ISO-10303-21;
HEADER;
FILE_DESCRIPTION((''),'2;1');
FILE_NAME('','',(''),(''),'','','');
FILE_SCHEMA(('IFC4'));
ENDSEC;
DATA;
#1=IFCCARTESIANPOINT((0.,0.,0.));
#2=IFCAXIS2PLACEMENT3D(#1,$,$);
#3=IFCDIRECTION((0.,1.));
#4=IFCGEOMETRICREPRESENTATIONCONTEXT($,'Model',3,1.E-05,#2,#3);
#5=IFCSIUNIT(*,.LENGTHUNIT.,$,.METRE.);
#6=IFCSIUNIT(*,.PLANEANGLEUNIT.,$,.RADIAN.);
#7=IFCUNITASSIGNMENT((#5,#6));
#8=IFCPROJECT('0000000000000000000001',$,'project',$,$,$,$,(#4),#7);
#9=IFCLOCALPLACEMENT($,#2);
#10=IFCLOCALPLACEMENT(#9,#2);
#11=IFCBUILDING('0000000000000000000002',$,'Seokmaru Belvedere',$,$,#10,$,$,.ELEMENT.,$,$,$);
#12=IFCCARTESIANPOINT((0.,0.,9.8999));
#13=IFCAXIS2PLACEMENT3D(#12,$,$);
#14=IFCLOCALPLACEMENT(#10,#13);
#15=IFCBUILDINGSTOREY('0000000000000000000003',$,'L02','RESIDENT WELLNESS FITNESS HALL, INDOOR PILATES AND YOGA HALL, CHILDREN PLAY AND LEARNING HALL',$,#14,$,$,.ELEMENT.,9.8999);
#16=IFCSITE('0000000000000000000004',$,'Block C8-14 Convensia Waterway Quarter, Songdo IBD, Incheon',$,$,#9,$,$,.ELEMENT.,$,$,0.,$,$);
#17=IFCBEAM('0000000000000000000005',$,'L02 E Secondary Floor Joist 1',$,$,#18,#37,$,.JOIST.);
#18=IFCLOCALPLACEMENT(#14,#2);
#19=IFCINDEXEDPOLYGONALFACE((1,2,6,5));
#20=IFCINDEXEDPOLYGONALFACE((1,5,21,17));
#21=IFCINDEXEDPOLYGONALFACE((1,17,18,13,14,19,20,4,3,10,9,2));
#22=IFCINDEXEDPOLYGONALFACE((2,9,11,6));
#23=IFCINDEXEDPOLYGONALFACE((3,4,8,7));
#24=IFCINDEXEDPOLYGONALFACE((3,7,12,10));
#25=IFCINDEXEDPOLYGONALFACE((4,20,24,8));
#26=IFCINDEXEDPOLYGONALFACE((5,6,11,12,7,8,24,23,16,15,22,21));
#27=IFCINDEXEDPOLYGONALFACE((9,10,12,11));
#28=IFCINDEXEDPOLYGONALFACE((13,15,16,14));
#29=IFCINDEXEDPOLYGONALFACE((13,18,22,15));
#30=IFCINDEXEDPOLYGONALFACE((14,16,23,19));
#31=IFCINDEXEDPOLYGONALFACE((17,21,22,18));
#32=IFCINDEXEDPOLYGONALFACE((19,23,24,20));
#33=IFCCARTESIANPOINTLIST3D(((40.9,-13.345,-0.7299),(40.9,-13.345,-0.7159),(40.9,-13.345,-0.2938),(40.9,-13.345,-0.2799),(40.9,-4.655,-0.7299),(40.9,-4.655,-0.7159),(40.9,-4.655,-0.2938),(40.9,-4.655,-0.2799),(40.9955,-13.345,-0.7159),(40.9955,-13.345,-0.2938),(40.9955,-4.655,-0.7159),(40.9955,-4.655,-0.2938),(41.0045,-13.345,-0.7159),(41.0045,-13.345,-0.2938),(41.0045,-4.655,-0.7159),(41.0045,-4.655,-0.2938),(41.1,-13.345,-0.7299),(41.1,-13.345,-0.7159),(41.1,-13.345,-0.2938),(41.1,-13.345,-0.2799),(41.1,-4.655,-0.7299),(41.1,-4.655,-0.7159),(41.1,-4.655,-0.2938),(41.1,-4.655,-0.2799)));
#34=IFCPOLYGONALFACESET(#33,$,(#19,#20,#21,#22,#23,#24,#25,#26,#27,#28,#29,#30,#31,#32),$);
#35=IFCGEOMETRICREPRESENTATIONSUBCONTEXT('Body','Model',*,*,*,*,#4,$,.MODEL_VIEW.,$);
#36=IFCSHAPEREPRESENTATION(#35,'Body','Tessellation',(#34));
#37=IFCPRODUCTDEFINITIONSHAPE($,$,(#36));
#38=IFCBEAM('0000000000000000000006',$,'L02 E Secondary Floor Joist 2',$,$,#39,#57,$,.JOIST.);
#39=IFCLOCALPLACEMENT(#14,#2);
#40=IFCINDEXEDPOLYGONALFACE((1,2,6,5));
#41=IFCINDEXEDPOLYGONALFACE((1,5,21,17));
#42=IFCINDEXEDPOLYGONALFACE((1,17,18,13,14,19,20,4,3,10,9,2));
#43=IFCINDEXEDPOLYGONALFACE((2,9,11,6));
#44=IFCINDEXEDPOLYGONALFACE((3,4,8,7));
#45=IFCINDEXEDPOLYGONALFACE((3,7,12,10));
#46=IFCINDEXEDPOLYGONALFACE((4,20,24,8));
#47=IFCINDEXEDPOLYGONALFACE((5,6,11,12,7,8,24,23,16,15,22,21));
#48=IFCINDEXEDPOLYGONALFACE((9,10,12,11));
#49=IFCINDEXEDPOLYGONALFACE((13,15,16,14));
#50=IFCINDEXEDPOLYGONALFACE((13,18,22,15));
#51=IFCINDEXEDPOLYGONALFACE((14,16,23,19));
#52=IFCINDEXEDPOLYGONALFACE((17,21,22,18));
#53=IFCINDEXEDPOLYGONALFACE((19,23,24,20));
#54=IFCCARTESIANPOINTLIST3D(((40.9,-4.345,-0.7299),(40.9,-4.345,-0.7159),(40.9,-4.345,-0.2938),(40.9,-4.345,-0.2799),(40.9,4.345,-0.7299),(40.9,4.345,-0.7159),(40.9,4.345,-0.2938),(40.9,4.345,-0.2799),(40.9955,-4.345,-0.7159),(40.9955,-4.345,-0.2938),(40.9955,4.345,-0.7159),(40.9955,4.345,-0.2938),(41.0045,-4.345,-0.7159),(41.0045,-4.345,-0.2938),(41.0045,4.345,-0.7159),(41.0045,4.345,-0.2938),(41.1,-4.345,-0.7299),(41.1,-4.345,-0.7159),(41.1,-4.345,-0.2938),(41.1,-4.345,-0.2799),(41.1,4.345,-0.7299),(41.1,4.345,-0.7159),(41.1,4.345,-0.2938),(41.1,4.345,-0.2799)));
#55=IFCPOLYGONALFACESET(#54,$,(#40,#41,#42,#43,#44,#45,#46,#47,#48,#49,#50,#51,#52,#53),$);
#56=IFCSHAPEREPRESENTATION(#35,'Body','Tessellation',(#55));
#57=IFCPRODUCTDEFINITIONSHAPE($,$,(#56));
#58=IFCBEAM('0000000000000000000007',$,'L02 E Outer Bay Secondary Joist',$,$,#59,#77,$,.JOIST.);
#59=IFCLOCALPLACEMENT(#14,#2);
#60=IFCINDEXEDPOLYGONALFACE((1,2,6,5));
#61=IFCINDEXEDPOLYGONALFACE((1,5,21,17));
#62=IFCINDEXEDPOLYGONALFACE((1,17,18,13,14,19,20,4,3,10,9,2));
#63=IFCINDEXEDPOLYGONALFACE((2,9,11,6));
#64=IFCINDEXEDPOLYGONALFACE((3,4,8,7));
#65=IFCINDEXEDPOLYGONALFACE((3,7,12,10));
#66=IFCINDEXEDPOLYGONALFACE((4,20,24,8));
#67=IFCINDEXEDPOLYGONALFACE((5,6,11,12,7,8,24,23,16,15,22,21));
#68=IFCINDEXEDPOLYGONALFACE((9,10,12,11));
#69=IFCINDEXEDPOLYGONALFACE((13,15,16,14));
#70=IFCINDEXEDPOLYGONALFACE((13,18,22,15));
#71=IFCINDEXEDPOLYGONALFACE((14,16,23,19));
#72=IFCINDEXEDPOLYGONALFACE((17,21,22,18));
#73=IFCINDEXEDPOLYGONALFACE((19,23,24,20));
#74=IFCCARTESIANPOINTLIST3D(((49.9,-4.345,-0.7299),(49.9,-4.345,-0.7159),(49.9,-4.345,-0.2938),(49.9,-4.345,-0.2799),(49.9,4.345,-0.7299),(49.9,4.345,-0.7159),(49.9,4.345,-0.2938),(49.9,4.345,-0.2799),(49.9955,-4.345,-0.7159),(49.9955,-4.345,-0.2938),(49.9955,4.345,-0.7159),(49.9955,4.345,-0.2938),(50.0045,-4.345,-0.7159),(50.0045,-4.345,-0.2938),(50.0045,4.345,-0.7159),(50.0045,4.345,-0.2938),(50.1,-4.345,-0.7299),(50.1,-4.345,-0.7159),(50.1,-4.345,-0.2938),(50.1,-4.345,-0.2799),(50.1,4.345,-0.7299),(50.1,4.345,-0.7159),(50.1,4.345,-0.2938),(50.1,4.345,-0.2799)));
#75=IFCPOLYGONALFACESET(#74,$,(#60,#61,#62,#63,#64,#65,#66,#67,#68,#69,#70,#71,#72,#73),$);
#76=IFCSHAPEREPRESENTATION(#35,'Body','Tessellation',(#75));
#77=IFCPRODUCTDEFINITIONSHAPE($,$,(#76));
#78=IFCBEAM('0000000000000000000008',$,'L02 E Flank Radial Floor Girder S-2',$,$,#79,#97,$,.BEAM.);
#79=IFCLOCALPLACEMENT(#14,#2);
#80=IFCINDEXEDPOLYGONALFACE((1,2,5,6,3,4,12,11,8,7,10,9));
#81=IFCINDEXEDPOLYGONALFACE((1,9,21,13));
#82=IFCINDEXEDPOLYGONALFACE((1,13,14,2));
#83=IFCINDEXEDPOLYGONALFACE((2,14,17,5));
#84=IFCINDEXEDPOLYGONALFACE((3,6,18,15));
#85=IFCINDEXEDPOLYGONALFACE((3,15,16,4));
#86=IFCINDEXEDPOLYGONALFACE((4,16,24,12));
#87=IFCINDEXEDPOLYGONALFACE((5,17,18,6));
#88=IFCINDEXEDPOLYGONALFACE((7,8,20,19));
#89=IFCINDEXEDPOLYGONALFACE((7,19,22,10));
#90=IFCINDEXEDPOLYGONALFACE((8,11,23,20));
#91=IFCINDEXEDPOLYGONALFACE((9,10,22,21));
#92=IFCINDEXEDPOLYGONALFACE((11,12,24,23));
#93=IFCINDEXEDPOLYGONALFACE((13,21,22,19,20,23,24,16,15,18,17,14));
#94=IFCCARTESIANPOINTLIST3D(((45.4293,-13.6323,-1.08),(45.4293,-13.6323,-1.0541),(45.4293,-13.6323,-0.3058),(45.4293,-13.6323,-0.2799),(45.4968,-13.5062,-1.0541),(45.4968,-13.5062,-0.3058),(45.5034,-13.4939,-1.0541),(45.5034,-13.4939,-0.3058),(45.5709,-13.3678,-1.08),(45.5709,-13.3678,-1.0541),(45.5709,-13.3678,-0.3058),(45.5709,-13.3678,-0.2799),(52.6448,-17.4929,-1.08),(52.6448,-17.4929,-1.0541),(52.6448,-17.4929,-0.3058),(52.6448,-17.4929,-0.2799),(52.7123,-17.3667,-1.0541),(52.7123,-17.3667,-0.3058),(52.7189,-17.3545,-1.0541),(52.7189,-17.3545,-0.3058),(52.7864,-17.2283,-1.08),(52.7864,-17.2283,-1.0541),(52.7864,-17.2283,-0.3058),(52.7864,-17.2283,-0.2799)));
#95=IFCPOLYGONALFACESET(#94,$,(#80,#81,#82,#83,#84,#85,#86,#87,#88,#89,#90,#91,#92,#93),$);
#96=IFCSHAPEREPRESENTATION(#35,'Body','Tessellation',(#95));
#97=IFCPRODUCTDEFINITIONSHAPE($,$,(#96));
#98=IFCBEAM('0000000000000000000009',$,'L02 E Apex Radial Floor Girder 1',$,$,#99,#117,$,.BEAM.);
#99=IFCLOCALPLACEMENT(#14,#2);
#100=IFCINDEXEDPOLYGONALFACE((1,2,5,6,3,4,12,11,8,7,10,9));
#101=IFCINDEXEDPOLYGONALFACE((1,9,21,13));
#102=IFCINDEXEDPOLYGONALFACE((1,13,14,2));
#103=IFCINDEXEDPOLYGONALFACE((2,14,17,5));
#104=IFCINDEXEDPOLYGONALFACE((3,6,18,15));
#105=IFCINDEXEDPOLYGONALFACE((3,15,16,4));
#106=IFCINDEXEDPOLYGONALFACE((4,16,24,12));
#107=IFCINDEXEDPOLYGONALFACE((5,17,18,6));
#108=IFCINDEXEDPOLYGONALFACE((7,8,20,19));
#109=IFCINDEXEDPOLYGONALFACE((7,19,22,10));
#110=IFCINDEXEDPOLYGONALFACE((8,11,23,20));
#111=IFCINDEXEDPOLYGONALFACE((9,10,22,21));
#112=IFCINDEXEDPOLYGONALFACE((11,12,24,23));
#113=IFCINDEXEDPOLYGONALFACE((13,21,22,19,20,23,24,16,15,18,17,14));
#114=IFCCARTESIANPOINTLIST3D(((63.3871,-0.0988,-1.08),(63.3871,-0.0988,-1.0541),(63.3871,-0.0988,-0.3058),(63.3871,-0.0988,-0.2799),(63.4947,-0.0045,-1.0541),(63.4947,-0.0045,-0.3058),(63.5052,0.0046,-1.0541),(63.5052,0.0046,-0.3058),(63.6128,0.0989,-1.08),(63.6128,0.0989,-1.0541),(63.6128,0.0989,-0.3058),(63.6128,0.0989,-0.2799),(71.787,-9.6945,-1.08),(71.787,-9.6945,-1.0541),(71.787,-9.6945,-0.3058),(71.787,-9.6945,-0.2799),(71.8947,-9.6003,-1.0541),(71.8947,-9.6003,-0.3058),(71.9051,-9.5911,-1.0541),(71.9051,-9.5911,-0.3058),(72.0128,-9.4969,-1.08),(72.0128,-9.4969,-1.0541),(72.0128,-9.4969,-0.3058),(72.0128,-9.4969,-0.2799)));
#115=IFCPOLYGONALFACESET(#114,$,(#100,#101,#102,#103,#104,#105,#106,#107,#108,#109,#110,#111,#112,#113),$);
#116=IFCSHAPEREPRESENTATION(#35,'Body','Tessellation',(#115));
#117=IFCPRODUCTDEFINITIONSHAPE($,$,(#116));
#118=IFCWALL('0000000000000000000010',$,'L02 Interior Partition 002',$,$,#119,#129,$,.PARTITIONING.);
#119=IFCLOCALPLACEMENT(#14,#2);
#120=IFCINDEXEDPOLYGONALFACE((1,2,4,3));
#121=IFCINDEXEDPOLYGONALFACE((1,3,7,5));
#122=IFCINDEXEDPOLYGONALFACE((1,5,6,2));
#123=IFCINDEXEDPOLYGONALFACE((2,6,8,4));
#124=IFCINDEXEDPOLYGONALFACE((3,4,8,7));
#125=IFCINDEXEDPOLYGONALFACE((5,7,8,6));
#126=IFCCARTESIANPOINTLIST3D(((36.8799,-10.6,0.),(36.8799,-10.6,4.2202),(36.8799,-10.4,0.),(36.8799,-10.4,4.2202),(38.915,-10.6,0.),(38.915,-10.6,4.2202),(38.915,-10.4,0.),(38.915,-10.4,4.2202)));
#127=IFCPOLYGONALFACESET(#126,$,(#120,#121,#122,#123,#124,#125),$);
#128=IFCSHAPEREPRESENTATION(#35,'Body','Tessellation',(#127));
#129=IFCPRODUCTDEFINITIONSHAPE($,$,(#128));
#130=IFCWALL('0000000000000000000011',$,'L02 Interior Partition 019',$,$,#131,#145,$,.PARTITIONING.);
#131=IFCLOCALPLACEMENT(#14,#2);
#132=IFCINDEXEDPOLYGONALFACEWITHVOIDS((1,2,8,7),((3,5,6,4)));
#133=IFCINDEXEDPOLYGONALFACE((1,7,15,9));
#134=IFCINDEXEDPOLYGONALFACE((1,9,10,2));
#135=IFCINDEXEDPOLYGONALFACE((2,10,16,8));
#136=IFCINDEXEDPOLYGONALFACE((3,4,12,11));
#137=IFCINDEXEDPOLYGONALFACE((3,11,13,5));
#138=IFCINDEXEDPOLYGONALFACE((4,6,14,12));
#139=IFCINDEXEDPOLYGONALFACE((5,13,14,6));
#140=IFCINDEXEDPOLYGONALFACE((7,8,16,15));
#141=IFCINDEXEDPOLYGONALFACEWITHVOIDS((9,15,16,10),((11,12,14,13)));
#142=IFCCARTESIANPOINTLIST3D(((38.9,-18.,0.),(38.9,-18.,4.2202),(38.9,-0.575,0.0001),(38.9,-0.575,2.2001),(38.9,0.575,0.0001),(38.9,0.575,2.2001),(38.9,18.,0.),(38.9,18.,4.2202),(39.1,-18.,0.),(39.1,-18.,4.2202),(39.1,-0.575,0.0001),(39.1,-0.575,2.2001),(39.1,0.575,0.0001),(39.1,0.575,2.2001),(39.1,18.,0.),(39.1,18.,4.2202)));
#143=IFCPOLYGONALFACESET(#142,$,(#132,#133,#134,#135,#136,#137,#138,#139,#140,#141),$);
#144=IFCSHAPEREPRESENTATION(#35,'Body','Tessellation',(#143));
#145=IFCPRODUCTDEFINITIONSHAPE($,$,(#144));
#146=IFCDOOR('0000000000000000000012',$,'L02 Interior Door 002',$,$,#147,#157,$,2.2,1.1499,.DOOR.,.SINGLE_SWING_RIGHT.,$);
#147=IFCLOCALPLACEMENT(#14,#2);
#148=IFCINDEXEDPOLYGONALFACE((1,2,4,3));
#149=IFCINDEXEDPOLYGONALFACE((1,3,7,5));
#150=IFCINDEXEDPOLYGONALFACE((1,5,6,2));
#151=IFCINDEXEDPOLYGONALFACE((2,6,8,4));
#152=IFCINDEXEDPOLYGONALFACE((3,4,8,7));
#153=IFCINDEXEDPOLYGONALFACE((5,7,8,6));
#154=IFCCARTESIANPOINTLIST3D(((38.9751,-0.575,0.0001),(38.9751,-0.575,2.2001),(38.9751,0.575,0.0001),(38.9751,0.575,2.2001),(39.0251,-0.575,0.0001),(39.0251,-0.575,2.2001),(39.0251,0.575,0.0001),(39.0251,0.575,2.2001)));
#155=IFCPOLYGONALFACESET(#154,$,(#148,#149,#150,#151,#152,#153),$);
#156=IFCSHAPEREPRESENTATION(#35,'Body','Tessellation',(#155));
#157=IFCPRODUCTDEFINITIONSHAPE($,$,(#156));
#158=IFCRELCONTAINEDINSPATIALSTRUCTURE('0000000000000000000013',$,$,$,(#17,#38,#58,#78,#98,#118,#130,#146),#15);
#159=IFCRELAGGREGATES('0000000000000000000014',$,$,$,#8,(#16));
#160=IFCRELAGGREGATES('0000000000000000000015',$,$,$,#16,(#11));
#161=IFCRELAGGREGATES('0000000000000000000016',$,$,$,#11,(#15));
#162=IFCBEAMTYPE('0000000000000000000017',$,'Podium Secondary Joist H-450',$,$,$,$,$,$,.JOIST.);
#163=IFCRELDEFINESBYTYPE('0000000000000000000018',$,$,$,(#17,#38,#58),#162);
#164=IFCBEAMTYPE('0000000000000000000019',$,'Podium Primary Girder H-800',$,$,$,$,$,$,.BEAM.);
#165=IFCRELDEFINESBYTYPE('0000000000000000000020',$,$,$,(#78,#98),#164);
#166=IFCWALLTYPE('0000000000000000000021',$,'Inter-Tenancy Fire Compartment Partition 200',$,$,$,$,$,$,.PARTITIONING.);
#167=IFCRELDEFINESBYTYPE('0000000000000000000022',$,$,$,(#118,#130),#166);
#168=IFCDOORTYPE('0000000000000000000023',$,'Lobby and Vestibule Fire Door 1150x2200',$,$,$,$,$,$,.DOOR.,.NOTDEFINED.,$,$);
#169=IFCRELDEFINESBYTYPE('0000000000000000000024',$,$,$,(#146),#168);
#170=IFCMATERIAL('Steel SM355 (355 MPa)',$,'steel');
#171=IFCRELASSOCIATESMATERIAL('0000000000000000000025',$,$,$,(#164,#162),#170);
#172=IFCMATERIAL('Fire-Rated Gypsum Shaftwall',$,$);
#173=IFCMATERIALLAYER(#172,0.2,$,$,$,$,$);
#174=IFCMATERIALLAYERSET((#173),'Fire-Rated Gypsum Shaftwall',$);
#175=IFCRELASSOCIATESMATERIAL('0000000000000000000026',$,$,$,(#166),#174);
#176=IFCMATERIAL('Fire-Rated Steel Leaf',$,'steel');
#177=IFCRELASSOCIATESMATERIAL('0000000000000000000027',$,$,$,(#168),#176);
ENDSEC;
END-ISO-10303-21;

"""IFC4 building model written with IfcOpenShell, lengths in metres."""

from ifc_helpers import new_model, si_unit, direction, frame, frame_2d, origin, origin_2d, place, context, subcontext, project, spatial, rectangle, i_section, extrude, source, transform, mapped, material, layer, layer_set, material_profile, profile_set, type_object, type_shapes, element, fill, save


model = new_model("IFC4")

# Units and contexts
model_context = context("Model", 3, precision=1e-05, world=origin(), true_north=direction((0.0, 1.0)))
body_context = subcontext(model_context, "Body", "Model", "MODEL_VIEW")
ifc_project = project(units=[si_unit("LENGTHUNIT", "METRE"), si_unit("PLANEANGLEUNIT", "RADIAN")], contexts=[model_context])

# Site, building, storey
site_placement = place(None, origin())
site = spatial("IfcSite", under=ifc_project, at=site_placement, Name="Block C8-14 Convensia Waterway Quarter, Songdo IBD, Incheon", CompositionType="ELEMENT", RefElevation=0.0)
building_placement = place(site_placement, origin())
building = spatial("IfcBuilding", under=site, at=building_placement, Name="Seokmaru Belvedere", CompositionType="ELEMENT")
storey_placement = place(building_placement, frame((0.0, 0.0, 9.8999)))
storey = spatial("IfcBuildingStorey", under=building, at=storey_placement, Name="L02", Description="RESIDENT WELLNESS FITNESS HALL, INDOOR PILATES AND YOGA HALL, CHILDREN PLAY AND LEARNING HALL", CompositionType="ELEMENT", Elevation=9.8999)

# Shared definitions
ifc_material_1 = material(Name="Steel SM355 (355 MPa)", Category="steel")

# Beams
ifc_material_profile_1 = material_profile(ifc_material_1, i_section(OverallWidth=0.3, OverallDepth=0.8, WebThickness=0.0139, FlangeThickness=0.0259, at=origin_2d()), Name="H-800x300x14x26")
ifc_profile_set_1 = profile_set([ifc_material_profile_1], Name="Steel SM355 (355 MPa)")
beam_type_1 = type_object("IfcBeamType", Name="Podium Primary Girder H-800", PredefinedType="BEAM", material=ifc_profile_set_1)
ifc_material_profile_2 = material_profile(ifc_material_1, i_section(OverallWidth=0.2, OverallDepth=0.45, WebThickness=0.009, FlangeThickness=0.0139, at=origin_2d()), Name="H-450x200x9x14")
ifc_profile_set_2 = profile_set([ifc_material_profile_2], Name="Steel SM355 (355 MPa)")
beam_type_2 = type_object("IfcBeamType", Name="Podium Secondary Joist H-450", PredefinedType="JOIST", material=ifc_profile_set_2)
shared_shape_1 = source(origin(), body_context, "Body", "SweptSolid", [
    extrude(i_section(OverallWidth=0.2, OverallDepth=0.45, WebThickness=0.009, FlangeThickness=0.0139, at=origin_2d()), origin(), (0.0, 0.0, 1.0), 8.6899),
])
type_shapes(beam_type_2, [shared_shape_1])
for number, where, z_axis, x_axis, name in (
    (1, (41.0, -13.345, -0.5049), (0.0, 1.0, 0.0), (-1.0, 0.0, 0.0), "L02 E Secondary Floor Joist 1"),
    (2, (41.0, -4.345, -0.5049), (0.0, 1.0, 0.0), (-1.0, 0.0, 0.0), "L02 E Secondary Floor Joist 2"),
    (3, (50.0, -4.345, -0.5049), (0.0, 1.0, 0.0), (-1.0, 0.0, 0.0), "L02 E Outer Bay Secondary Joist"),
):
    element("IfcBeam", number, at=place(storey_placement, frame(where, z_axis=z_axis, x_axis=x_axis)), inside=storey, type_object=beam_type_2, Name=name, PredefinedType="JOIST", context=body_context, shape_type="MappedRepresentation", body=[
        mapped(shared_shape_1, transform((0.0, 0.0, 0.0), scale=1.0)),
    ])
shared_shape_2 = source(origin(), body_context, "Body", "SweptSolid", [
    extrude(i_section(OverallWidth=0.3, OverallDepth=0.8, WebThickness=0.0139, FlangeThickness=0.0259, at=origin_2d()), origin(), (0.0, 0.0, 1.0), 8.1833),
])
beam_1_placement = place(storey_placement, frame((52.7156, -17.3606, -0.6799), z_axis=(-0.881729, 0.471757, 0.0), x_axis=(-0.471757, -0.881729, 0.0)))
element("IfcBeam", 4, at=beam_1_placement, inside=storey, type_object=beam_type_1, Name="L02 E Flank Radial Floor Girder S-2", PredefinedType="BEAM", context=body_context, shape_type="MappedRepresentation", body=[
    mapped(shared_shape_2, transform((0.0, 0.0, 0.0), scale=1.0)),
])
shared_shape_3 = source(origin(), body_context, "Body", "SweptSolid", [
    extrude(i_section(OverallWidth=0.3, OverallDepth=0.8, WebThickness=0.0139, FlangeThickness=0.0259, at=origin_2d()), origin(), (0.0, 0.0, 1.0), 12.7529),
])
beam_2_placement = place(storey_placement, frame((71.8999, -9.5957, -0.6799), z_axis=(-0.658667, 0.752434, 0.0), x_axis=(-0.752434, -0.658667, 0.0)))
element("IfcBeam", 5, at=beam_2_placement, inside=storey, type_object=beam_type_1, Name="L02 E Apex Radial Floor Girder 1", PredefinedType="BEAM", context=body_context, shape_type="MappedRepresentation", body=[
    mapped(shared_shape_3, transform((0.0, 0.0, 0.0), scale=1.0)),
])

# Wall
ifc_material_2 = material(Name="Fire-Rated Gypsum Shaftwall")
ifc_layer_1 = layer(ifc_material_2, 0.2)
ifc_layer_set_1 = layer_set([ifc_layer_1], Name="Fire-Rated Gypsum Shaftwall")
wall_type_1 = type_object("IfcWallType", Name="Inter-Tenancy Fire Compartment Partition 200", PredefinedType="PARTITIONING", material=ifc_layer_set_1)
wall_1_placement = place(storey_placement, frame((36.8799, -10.5, 0.0), z_axis=(0.0, 0.0, 1.0), x_axis=(1.0, 0.0, 0.0)))
element("IfcWall", 6, at=wall_1_placement, inside=storey, type_object=wall_type_1, Name="L02 Interior Partition 002", PredefinedType="PARTITIONING", context=body_context, shape_type="SweptSolid", body=[
    extrude(rectangle(XDim=2.0352, YDim=0.2, at=frame_2d((1.0176, 0.0))), origin(), (0.0, 0.0, 1.0), 4.2202),
])

# Wall, opening, door
wall_2_placement = place(storey_placement, frame((39.0, -18.0, 0.0), z_axis=(0.0, 0.0, 1.0), x_axis=(0.0, 1.0, 0.0)))
wall_2 = element("IfcWall", 7, at=wall_2_placement, inside=storey, type_object=wall_type_1, Name="L02 Interior Partition 019", PredefinedType="PARTITIONING", context=body_context, shape_type="SweptSolid", body=[
    extrude(rectangle(XDim=36.0, YDim=0.2, at=frame_2d((18.0, 0.0))), origin(), (0.0, 0.0, 1.0), 4.2202),
])
opening_1_placement = place(wall_2_placement, frame((17.425, 0.0, 0.0)))
opening_1 = element("IfcOpeningElement", 8, at=opening_1_placement, cuts=wall_2, PredefinedType="OPENING", context=body_context, shape_type="SweptSolid", body=[
    extrude(rectangle(XDim=1.1499, YDim=2.2, at=frame_2d((0.575, 1.1001))), frame((0.0, 0.1099, 0.0), z_axis=(0.0, -1.0, 0.0), x_axis=(1.0, 0.0, 0.0)), (0.0, 0.0, 1.0), 0.22),
])
ifc_material_3 = material(Name="Fire-Rated Steel Leaf", Category="steel")
door_type_1 = type_object("IfcDoorType", Name="Lobby and Vestibule Fire Door 1150x2200", OperationType="NOTDEFINED", PredefinedType="DOOR", material=ifc_material_3)
shared_shape_4 = source(origin(), body_context, "Body", "SweptSolid", [
    extrude(rectangle(XDim=1.1499, YDim=2.2, at=frame_2d((0.575, 1.1001))), frame((0.0, 0.0249, 0.0), z_axis=(0.0, -1.0, 0.0), x_axis=(1.0, 0.0, 0.0)), (0.0, 0.0, 1.0), 0.05),
])
type_shapes(door_type_1, [shared_shape_4])
door_1_placement = place(opening_1_placement, origin())
door_1 = element("IfcDoor", 9, at=door_1_placement, inside=storey, type_object=door_type_1, Name="L02 Interior Door 002", OperationType="SINGLE_SWING_RIGHT", OverallHeight=2.2, OverallWidth=1.1499, PredefinedType="DOOR", context=body_context, shape_type="MappedRepresentation", body=[
    mapped(shared_shape_4, transform((0.0, 0.0, 0.0), scale=1.0)),
])
fill(opening_1, door_1)

save(model, "model.ifc")
